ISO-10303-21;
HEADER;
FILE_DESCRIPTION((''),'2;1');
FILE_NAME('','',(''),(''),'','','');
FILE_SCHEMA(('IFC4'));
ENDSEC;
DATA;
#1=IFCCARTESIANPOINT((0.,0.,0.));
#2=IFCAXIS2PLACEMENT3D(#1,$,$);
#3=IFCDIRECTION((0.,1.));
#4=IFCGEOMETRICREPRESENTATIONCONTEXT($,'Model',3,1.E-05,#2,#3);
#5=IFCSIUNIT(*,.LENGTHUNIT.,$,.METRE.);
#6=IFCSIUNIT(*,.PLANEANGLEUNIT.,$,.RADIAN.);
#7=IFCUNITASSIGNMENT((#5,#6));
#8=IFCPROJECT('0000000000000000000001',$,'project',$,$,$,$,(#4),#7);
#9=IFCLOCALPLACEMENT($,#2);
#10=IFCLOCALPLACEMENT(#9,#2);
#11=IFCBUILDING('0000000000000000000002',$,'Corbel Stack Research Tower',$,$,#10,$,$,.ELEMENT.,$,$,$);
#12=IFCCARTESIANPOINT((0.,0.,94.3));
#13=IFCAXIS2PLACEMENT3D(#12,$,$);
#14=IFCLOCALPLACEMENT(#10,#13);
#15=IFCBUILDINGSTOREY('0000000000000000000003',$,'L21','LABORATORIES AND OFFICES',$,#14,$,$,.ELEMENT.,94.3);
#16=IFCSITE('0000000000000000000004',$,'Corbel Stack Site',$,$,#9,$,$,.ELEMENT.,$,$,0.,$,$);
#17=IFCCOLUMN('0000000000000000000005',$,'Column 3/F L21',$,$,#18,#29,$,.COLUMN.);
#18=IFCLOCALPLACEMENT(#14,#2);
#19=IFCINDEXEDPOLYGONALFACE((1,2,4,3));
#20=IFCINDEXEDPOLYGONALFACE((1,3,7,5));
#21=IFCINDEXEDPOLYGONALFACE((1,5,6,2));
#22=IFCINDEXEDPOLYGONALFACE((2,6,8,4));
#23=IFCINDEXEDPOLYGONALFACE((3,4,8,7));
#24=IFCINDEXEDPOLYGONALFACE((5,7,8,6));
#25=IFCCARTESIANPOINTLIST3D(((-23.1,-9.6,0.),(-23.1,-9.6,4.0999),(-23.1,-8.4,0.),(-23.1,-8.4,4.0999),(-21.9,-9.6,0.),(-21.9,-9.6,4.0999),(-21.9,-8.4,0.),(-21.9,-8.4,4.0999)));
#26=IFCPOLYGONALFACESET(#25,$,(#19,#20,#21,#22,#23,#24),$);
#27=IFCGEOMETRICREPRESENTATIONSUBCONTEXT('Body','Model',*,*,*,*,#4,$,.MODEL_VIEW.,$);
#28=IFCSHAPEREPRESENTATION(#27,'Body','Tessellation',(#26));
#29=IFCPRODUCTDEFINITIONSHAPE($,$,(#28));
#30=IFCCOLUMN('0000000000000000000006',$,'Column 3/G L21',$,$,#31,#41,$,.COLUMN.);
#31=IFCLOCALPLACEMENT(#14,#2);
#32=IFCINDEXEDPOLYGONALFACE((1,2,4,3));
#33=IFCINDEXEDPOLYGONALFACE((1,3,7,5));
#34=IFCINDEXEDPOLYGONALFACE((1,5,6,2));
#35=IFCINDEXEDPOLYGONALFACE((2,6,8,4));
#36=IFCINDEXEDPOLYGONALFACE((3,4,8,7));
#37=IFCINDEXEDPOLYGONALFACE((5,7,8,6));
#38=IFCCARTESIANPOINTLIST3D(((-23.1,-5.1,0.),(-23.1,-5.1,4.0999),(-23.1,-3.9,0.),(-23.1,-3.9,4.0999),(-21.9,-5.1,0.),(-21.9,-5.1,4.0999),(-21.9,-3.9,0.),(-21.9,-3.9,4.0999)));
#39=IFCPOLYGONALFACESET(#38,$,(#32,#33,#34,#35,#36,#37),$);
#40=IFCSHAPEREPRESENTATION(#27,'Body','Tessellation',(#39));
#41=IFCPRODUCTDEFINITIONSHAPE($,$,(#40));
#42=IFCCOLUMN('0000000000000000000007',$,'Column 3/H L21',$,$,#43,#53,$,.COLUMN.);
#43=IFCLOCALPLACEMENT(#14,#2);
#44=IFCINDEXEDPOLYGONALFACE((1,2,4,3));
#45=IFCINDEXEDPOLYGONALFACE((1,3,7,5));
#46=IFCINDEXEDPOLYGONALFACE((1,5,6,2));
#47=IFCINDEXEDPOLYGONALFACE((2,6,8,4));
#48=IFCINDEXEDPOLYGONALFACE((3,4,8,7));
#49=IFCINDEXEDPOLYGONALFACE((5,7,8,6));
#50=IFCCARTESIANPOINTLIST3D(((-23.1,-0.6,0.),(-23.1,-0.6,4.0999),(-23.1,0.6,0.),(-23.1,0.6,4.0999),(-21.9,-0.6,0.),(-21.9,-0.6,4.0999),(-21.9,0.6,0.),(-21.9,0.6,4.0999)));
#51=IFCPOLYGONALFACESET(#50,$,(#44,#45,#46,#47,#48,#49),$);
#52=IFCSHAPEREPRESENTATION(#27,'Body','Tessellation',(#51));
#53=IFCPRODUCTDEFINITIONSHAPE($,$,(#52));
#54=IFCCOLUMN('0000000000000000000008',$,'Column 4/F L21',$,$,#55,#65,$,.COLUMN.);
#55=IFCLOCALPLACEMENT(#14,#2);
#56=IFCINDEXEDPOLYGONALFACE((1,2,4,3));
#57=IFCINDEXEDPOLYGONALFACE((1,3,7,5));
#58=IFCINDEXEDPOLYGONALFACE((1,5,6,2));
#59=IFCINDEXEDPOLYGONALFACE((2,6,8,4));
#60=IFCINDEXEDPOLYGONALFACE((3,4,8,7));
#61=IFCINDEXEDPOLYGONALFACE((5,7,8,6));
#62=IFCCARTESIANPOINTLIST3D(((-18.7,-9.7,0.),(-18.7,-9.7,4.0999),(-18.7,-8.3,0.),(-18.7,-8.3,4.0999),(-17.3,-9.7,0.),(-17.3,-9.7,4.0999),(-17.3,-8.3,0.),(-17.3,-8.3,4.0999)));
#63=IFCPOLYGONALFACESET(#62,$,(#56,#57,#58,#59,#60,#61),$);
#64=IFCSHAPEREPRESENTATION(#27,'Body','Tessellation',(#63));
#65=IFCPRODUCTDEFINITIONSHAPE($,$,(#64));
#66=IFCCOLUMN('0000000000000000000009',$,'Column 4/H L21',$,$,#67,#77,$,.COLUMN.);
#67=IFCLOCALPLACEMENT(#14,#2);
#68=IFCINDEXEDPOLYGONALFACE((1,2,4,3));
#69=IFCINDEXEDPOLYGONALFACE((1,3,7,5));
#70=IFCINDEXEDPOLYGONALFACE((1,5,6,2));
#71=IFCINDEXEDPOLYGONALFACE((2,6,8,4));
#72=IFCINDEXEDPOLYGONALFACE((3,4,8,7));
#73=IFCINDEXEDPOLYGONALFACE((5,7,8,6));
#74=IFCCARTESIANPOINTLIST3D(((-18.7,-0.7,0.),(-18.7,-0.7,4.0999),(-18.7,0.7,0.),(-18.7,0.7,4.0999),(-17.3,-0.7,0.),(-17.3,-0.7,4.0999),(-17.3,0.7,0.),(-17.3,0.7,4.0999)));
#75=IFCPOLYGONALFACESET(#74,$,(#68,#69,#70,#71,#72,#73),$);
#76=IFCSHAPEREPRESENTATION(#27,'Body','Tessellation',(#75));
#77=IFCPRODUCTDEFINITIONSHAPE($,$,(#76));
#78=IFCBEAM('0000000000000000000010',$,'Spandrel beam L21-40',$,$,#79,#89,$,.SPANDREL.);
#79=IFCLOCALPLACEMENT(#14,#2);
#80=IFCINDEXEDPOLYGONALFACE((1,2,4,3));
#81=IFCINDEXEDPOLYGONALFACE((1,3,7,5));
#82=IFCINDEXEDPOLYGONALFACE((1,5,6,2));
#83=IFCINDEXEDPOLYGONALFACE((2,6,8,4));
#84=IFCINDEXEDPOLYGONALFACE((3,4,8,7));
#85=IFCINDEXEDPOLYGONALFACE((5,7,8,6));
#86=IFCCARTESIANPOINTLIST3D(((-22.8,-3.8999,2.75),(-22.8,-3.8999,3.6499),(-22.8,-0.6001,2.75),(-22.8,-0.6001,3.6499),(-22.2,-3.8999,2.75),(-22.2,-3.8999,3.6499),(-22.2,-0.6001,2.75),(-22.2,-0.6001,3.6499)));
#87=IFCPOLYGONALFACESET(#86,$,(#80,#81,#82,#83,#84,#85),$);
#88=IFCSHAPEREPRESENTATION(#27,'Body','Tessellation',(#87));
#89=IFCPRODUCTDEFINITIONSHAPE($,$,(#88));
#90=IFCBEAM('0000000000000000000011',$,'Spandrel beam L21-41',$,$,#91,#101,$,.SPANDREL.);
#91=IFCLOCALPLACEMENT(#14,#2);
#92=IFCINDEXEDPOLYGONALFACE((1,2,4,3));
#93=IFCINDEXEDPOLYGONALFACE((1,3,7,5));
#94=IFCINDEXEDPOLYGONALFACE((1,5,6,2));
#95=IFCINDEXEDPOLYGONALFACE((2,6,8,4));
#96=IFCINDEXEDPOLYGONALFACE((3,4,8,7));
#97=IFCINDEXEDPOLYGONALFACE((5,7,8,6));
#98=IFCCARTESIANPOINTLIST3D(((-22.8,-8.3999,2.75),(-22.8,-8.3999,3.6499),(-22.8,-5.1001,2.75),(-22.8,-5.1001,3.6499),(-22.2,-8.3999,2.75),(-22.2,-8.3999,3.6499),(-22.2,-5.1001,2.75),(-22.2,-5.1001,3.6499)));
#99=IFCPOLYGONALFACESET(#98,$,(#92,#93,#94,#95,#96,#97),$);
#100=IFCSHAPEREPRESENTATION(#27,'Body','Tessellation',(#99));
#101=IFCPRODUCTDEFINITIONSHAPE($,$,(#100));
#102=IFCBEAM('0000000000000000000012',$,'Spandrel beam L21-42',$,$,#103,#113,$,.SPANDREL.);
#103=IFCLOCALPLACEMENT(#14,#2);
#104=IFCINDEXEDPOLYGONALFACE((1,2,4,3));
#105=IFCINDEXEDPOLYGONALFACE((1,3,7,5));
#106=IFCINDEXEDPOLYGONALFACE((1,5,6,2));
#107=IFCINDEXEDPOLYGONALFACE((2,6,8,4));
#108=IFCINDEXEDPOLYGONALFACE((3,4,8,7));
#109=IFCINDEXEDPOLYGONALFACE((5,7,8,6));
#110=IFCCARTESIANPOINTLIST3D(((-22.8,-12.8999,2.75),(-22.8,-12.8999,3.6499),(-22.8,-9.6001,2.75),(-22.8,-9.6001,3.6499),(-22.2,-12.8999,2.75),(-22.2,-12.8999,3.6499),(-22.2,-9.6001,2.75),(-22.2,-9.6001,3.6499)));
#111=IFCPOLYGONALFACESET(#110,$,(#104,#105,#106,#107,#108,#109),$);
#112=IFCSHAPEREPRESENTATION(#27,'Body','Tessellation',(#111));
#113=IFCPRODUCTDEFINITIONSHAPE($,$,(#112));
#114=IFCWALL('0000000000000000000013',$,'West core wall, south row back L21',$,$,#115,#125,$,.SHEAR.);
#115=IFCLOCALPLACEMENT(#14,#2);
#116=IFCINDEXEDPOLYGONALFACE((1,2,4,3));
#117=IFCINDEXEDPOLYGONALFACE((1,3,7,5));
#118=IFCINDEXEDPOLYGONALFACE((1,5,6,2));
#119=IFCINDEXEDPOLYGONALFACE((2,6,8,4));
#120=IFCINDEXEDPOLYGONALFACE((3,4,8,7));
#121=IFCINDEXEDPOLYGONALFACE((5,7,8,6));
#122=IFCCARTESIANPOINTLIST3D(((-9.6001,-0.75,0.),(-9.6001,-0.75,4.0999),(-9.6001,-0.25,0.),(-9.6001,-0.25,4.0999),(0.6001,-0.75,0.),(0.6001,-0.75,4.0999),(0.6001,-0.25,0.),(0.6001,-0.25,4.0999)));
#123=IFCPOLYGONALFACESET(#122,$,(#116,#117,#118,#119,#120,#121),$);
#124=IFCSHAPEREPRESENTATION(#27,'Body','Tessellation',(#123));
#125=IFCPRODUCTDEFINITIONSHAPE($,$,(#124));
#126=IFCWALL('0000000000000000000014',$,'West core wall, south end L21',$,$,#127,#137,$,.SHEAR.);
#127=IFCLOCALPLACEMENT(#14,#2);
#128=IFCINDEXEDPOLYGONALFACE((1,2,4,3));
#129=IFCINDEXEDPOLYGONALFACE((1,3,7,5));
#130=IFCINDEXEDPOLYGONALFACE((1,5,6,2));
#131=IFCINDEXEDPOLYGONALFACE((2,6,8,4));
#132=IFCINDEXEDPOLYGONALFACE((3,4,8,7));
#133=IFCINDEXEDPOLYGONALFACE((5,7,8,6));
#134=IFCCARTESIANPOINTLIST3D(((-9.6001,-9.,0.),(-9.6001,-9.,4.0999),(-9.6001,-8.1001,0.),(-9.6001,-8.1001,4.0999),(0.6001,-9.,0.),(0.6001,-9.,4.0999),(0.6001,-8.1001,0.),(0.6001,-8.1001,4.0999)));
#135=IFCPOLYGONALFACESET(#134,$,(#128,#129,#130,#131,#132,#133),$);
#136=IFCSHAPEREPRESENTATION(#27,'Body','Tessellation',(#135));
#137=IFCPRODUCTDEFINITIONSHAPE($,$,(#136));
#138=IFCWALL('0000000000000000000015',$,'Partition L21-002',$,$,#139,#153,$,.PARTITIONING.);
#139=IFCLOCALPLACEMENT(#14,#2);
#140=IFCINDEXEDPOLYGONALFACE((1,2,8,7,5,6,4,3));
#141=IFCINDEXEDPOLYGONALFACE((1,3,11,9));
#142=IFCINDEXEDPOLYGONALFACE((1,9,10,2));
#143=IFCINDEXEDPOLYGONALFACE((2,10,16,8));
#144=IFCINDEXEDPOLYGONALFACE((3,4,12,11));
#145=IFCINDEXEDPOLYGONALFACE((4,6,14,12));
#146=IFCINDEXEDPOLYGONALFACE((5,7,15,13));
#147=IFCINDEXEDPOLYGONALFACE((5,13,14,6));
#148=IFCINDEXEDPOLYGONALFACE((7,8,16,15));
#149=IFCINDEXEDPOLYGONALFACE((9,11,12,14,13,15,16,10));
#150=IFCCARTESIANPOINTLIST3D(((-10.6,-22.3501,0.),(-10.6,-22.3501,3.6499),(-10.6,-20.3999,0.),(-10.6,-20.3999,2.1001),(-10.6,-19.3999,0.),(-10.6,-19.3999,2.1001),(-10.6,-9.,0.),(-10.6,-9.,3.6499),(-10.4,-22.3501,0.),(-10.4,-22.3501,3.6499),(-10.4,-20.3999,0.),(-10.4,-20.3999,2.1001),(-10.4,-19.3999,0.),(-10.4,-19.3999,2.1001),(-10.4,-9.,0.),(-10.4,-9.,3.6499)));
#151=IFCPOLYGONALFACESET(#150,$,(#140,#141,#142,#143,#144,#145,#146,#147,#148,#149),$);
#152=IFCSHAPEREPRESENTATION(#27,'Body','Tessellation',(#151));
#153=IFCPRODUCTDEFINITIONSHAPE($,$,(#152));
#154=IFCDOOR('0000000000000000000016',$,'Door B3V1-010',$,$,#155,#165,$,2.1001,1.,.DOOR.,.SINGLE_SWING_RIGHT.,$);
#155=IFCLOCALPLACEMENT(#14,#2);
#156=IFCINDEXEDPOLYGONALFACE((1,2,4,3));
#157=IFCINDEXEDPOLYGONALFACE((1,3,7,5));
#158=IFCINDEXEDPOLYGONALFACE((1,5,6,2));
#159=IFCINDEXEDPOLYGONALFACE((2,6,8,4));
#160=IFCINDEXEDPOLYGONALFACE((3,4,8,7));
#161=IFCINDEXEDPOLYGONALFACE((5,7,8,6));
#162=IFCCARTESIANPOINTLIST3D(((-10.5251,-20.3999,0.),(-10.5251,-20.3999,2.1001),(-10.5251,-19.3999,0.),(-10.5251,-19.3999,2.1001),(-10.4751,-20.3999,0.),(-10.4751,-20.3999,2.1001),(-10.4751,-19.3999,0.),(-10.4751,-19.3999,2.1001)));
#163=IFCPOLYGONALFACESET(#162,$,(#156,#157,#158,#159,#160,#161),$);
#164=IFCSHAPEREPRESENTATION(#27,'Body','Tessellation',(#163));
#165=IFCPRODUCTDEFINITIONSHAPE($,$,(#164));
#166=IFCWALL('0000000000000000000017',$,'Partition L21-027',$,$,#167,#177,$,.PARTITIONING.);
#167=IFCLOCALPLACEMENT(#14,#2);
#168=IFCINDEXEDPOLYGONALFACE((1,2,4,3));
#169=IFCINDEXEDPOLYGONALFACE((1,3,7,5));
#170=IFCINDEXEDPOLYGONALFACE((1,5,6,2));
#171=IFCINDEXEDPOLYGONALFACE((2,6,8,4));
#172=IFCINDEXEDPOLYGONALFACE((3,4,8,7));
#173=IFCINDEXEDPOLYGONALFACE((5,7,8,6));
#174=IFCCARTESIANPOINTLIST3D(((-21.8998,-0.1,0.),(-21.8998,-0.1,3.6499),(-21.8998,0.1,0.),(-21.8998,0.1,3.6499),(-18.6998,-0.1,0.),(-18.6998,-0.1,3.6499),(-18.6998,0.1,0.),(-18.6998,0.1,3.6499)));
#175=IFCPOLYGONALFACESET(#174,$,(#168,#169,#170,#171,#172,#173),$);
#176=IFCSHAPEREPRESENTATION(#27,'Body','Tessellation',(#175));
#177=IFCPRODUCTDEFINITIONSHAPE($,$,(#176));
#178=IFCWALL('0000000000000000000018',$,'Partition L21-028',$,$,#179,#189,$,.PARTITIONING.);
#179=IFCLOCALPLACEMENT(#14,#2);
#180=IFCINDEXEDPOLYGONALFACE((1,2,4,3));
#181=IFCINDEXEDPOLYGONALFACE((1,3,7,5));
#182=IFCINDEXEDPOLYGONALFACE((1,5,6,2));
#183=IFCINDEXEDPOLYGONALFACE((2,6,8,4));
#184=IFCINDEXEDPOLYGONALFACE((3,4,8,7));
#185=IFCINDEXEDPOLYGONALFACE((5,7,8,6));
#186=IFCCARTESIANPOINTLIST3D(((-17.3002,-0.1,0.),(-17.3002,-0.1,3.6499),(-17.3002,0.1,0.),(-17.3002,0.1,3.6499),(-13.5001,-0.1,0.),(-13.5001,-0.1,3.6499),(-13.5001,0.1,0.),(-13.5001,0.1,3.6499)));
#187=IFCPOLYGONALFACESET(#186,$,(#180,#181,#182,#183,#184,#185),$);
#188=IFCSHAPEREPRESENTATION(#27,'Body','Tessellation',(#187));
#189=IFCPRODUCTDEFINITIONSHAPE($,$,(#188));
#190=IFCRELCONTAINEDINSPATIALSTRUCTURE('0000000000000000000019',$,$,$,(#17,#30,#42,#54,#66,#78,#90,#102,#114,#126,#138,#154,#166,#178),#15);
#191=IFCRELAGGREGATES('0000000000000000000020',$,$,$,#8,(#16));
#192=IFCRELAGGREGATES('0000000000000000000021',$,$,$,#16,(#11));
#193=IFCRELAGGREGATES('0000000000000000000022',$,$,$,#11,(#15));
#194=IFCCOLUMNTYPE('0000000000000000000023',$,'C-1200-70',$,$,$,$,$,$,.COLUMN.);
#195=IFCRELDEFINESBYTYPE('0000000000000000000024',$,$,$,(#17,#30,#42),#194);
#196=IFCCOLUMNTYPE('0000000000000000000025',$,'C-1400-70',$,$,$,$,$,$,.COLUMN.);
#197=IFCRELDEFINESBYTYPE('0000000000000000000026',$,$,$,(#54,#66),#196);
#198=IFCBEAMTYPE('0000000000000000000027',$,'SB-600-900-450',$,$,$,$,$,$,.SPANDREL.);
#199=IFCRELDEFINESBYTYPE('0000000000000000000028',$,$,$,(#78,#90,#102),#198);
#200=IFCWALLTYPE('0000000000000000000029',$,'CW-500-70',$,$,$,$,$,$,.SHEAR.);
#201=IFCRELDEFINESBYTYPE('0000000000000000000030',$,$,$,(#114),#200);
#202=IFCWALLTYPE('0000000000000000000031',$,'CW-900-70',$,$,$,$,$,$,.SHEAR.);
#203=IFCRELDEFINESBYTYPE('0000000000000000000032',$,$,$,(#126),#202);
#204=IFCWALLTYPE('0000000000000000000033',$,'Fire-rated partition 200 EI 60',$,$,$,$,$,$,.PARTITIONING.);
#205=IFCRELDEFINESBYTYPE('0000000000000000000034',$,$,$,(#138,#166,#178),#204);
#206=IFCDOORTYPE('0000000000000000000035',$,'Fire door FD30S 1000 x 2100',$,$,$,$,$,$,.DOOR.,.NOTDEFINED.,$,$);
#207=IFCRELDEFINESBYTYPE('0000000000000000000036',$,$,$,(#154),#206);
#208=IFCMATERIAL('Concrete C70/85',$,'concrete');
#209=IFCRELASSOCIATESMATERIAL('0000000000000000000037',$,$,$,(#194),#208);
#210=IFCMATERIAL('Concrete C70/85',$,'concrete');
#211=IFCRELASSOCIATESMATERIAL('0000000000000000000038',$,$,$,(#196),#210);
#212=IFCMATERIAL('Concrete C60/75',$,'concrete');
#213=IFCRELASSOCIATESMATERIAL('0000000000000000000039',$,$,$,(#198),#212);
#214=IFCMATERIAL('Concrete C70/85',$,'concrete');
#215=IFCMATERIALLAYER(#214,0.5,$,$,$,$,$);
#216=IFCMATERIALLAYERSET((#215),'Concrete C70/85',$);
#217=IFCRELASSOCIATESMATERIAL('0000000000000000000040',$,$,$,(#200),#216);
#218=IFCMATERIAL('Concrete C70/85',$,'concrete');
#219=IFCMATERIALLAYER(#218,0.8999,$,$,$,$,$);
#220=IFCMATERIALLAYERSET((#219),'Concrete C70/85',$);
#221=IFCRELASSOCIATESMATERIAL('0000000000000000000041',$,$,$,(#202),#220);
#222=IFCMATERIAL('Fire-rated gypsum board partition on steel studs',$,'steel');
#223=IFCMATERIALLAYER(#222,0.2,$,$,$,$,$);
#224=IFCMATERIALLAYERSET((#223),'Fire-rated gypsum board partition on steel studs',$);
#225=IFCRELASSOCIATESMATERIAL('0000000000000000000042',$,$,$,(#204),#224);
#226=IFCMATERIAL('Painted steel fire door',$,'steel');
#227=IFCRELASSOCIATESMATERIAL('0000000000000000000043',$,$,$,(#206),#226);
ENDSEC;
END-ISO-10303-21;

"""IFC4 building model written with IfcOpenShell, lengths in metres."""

from ifc_helpers import new_model, si_unit, direction, frame, frame_2d, origin, origin_2d, place, context, subcontext, project, spatial, rectangle, extrude, material, layer, layer_set, material_profile, profile_set, type_object, element, fill, save


model = new_model("IFC4")

# Units and contexts
model_context = context("Model", 3, precision=1e-05, world=origin(), true_north=direction((0.0, 1.0)))
body_context = subcontext(model_context, "Body", "Model", "MODEL_VIEW")
ifc_project = project(units=[si_unit("LENGTHUNIT", "METRE"), si_unit("PLANEANGLEUNIT", "RADIAN")], contexts=[model_context])

# Site, building, storey
site_placement = place(None, origin())
site = spatial("IfcSite", under=ifc_project, at=site_placement, Name="Corbel Stack Site", CompositionType="ELEMENT", RefElevation=0.0)
building_placement = place(site_placement, origin())
building = spatial("IfcBuilding", under=site, at=building_placement, Name="Corbel Stack Research Tower", CompositionType="ELEMENT")
storey_placement = place(building_placement, frame((0.0, 0.0, 94.3)))
storey = spatial("IfcBuildingStorey", under=building, at=storey_placement, Name="L21", Description="LABORATORIES AND OFFICES", CompositionType="ELEMENT", Elevation=94.3)

# Columns
ifc_material_1 = material(Name="Concrete C70/85", Category="concrete")
ifc_material_profile_1 = material_profile(ifc_material_1, rectangle(XDim=1.2, YDim=1.2, at=origin_2d()), Name="RC 1200 x 1200")
ifc_profile_set_1 = profile_set([ifc_material_profile_1], Name="Concrete C70/85")
column_type_1 = type_object("IfcColumnType", Name="C-1200-70", PredefinedType="COLUMN", material=ifc_profile_set_1)
for number, where, z_axis, x_axis, name in (
    (1, (-22.5, -9.0, 0.0), (0.0, 0.0, 1.0), (1.0, 0.0, 0.0), "Column 3/F L21"),
    (2, (-22.5, -4.5, 0.0), (0.0, 0.0, 1.0), (1.0, 0.0, 0.0), "Column 3/G L21"),
    (3, (-22.5, 0.0, 0.0), (0.0, 0.0, 1.0), (1.0, 0.0, 0.0), "Column 3/H L21"),
):
    element("IfcColumn", number, at=place(storey_placement, frame(where, z_axis=z_axis, x_axis=x_axis)), inside=storey, type_object=column_type_1, Name=name, PredefinedType="COLUMN", context=body_context, shape_type="SweptSolid", body=[
        extrude(rectangle(XDim=1.2, YDim=1.2, at=origin_2d()), origin(), (0.0, 0.0, 1.0), 4.0999),
    ])
ifc_material_2 = material(Name="Concrete C70/85", Category="concrete")
ifc_material_profile_2 = material_profile(ifc_material_2, rectangle(XDim=1.3999, YDim=1.3999, at=origin_2d()), Name="RC 1400 x 1400")
ifc_profile_set_2 = profile_set([ifc_material_profile_2], Name="Concrete C70/85")
column_type_2 = type_object("IfcColumnType", Name="C-1400-70", PredefinedType="COLUMN", material=ifc_profile_set_2)
for number, where, z_axis, x_axis, name in (
    (4, (-18.0, -9.0, 0.0), (0.0, 0.0, 1.0), (1.0, 0.0, 0.0), "Column 4/F L21"),
    (5, (-18.0, 0.0, 0.0), (0.0, 0.0, 1.0), (1.0, 0.0, 0.0), "Column 4/H L21"),
):
    element("IfcColumn", number, at=place(storey_placement, frame(where, z_axis=z_axis, x_axis=x_axis)), inside=storey, type_object=column_type_2, Name=name, PredefinedType="COLUMN", context=body_context, shape_type="SweptSolid", body=[
        extrude(rectangle(XDim=1.3999, YDim=1.3999, at=origin_2d()), origin(), (0.0, 0.0, 1.0), 4.0999),
    ])

# Beams
ifc_material_3 = material(Name="Concrete C60/75", Category="concrete")
ifc_material_profile_3 = material_profile(ifc_material_3, rectangle(XDim=0.6001, YDim=0.8999, at=origin_2d()), Name="RC 600 x 900")
ifc_profile_set_3 = profile_set([ifc_material_profile_3], Name="Concrete C60/75")
beam_type = type_object("IfcBeamType", Name="SB-600-900-450", PredefinedType="SPANDREL", material=ifc_profile_set_3)
for number, where, z_axis, x_axis, name in (
    (6, (-22.5, -0.6001, 3.2), (0.0, -1.0, 0.0), (1.0, 0.0, 0.0), "Spandrel beam L21-40"),
    (7, (-22.5, -5.1001, 3.2), (0.0, -1.0, 0.0), (1.0, 0.0, 0.0), "Spandrel beam L21-41"),
    (8, (-22.5, -9.6001, 3.2), (0.0, -1.0, 0.0), (1.0, 0.0, 0.0), "Spandrel beam L21-42"),
):
    element("IfcBeam", number, at=place(storey_placement, frame(where, z_axis=z_axis, x_axis=x_axis)), inside=storey, type_object=beam_type, Name=name, PredefinedType="SPANDREL", context=body_context, shape_type="SweptSolid", body=[
        extrude(rectangle(XDim=0.6001, YDim=0.8999, at=origin_2d()), origin(), (0.0, 0.0, 1.0), 3.2998),
    ])

# Wall
ifc_material_4 = material(Name="Concrete C70/85", Category="concrete")
ifc_layer_1 = layer(ifc_material_4, 0.5)
ifc_layer_set_1 = layer_set([ifc_layer_1], Name="Concrete C70/85")
wall_type_1 = type_object("IfcWallType", Name="CW-500-70", PredefinedType="SHEAR", material=ifc_layer_set_1)
wall_1_placement = place(storey_placement, frame((-9.6001, -0.5, 0.0), z_axis=(0.0, 0.0, 1.0), x_axis=(1.0, 0.0, 0.0)))
element("IfcWall", 9, at=wall_1_placement, inside=storey, type_object=wall_type_1, Name="West core wall, south row back L21", PredefinedType="SHEAR", context=body_context, shape_type="SweptSolid", body=[
    extrude(rectangle(XDim=10.2002, YDim=0.5, at=frame_2d((5.1001, 0.0))), origin(), (0.0, 0.0, 1.0), 4.0999),
])

# Shared definitions
ifc_material_5 = material(Name="Concrete C70/85", Category="concrete")
ifc_layer_2 = layer(ifc_material_5, 0.8999)
ifc_layer_set_2 = layer_set([ifc_layer_2], Name="Concrete C70/85")
wall_type_2 = type_object("IfcWallType", Name="CW-900-70", PredefinedType="SHEAR", material=ifc_layer_set_2)

# Wall
wall_2_placement = place(storey_placement, frame((-9.6001, -8.55, 0.0), z_axis=(0.0, 0.0, 1.0), x_axis=(1.0, 0.0, 0.0)))
element("IfcWall", 10, at=wall_2_placement, inside=storey, type_object=wall_type_2, Name="West core wall, south end L21", PredefinedType="SHEAR", context=body_context, shape_type="SweptSolid", body=[
    extrude(rectangle(XDim=10.2002, YDim=0.8999, at=frame_2d((5.1001, 0.0))), origin(), (0.0, 0.0, 1.0), 4.0999),
])

# Wall, opening, door
ifc_material_6 = material(Name="Fire-rated gypsum board partition on steel studs", Category="steel")
ifc_layer_3 = layer(ifc_material_6, 0.2)
ifc_layer_set_3 = layer_set([ifc_layer_3], Name="Fire-rated gypsum board partition on steel studs")
wall_type_3 = type_object("IfcWallType", Name="Fire-rated partition 200 EI 60", PredefinedType="PARTITIONING", material=ifc_layer_set_3)
wall_3_placement = place(storey_placement, frame((-10.5, -9.0, 0.0), z_axis=(0.0, 0.0, 1.0), x_axis=(0.0, -1.0, 0.0)))
wall_3 = element("IfcWall", 11, at=wall_3_placement, inside=storey, type_object=wall_type_3, Name="Partition L21-002", PredefinedType="PARTITIONING", context=body_context, shape_type="SweptSolid", body=[
    extrude(rectangle(XDim=13.3501, YDim=0.2, at=frame_2d((6.675, 0.0))), origin(), (0.0, 0.0, 1.0), 3.6499),
])
opening_1_placement = place(wall_3_placement, frame((10.3999, 0.0, 0.0)))
opening_1 = element("IfcOpeningElement", 12, at=opening_1_placement, cuts=wall_3, PredefinedType="OPENING", context=body_context, shape_type="SweptSolid", body=[
    extrude(rectangle(XDim=1.0, YDim=2.1001, at=frame_2d((0.5, 1.05))), frame((0.0, 0.1099, 0.0), z_axis=(0.0, -1.0, 0.0), x_axis=(1.0, 0.0, 0.0)), (0.0, 0.0, 1.0), 0.22),
])
ifc_material_7 = material(Name="Painted steel fire door", Category="steel")
door_type_1 = type_object("IfcDoorType", Name="Fire door FD30S 1000 x 2100", OperationType="NOTDEFINED", PredefinedType="DOOR", material=ifc_material_7)
door_1_placement = place(opening_1_placement, origin())
door_1 = element("IfcDoor", 13, at=door_1_placement, inside=storey, type_object=door_type_1, Name="Door B3V1-010", OperationType="SINGLE_SWING_RIGHT", OverallHeight=2.1001, OverallWidth=1.0, PredefinedType="DOOR", context=body_context, shape_type="SweptSolid", body=[
    extrude(rectangle(XDim=1.0, YDim=2.1001, at=frame_2d((0.5, 1.05))), frame((0.0, 0.0249, 0.0), z_axis=(0.0, -1.0, 0.0), x_axis=(1.0, 0.0, 0.0)), (0.0, 0.0, 1.0), 0.05),
])
fill(opening_1, door_1)

# Walls
wall_4_placement = place(storey_placement, frame((-21.8999, 0.0, 0.0), z_axis=(0.0, 0.0, 1.0), x_axis=(1.0, 0.0, 0.0)))
element("IfcWall", 14, at=wall_4_placement, inside=storey, type_object=wall_type_3, Name="Partition L21-027", PredefinedType="PARTITIONING", context=body_context, shape_type="SweptSolid", body=[
    extrude(rectangle(XDim=3.2, YDim=0.2, at=frame_2d((1.6001, 0.0))), origin(), (0.0, 0.0, 1.0), 3.6499),
])
wall_5_placement = place(storey_placement, frame((-17.3, 0.0, 0.0), z_axis=(0.0, 0.0, 1.0), x_axis=(1.0, 0.0, 0.0)))
element("IfcWall", 15, at=wall_5_placement, inside=storey, type_object=wall_type_3, Name="Partition L21-028", PredefinedType="PARTITIONING", context=body_context, shape_type="SweptSolid", body=[
    extrude(rectangle(XDim=3.8, YDim=0.2, at=frame_2d((1.8999, 0.0))), origin(), (0.0, 0.0, 1.0), 3.6499),
])

save(model, "model.ifc")
